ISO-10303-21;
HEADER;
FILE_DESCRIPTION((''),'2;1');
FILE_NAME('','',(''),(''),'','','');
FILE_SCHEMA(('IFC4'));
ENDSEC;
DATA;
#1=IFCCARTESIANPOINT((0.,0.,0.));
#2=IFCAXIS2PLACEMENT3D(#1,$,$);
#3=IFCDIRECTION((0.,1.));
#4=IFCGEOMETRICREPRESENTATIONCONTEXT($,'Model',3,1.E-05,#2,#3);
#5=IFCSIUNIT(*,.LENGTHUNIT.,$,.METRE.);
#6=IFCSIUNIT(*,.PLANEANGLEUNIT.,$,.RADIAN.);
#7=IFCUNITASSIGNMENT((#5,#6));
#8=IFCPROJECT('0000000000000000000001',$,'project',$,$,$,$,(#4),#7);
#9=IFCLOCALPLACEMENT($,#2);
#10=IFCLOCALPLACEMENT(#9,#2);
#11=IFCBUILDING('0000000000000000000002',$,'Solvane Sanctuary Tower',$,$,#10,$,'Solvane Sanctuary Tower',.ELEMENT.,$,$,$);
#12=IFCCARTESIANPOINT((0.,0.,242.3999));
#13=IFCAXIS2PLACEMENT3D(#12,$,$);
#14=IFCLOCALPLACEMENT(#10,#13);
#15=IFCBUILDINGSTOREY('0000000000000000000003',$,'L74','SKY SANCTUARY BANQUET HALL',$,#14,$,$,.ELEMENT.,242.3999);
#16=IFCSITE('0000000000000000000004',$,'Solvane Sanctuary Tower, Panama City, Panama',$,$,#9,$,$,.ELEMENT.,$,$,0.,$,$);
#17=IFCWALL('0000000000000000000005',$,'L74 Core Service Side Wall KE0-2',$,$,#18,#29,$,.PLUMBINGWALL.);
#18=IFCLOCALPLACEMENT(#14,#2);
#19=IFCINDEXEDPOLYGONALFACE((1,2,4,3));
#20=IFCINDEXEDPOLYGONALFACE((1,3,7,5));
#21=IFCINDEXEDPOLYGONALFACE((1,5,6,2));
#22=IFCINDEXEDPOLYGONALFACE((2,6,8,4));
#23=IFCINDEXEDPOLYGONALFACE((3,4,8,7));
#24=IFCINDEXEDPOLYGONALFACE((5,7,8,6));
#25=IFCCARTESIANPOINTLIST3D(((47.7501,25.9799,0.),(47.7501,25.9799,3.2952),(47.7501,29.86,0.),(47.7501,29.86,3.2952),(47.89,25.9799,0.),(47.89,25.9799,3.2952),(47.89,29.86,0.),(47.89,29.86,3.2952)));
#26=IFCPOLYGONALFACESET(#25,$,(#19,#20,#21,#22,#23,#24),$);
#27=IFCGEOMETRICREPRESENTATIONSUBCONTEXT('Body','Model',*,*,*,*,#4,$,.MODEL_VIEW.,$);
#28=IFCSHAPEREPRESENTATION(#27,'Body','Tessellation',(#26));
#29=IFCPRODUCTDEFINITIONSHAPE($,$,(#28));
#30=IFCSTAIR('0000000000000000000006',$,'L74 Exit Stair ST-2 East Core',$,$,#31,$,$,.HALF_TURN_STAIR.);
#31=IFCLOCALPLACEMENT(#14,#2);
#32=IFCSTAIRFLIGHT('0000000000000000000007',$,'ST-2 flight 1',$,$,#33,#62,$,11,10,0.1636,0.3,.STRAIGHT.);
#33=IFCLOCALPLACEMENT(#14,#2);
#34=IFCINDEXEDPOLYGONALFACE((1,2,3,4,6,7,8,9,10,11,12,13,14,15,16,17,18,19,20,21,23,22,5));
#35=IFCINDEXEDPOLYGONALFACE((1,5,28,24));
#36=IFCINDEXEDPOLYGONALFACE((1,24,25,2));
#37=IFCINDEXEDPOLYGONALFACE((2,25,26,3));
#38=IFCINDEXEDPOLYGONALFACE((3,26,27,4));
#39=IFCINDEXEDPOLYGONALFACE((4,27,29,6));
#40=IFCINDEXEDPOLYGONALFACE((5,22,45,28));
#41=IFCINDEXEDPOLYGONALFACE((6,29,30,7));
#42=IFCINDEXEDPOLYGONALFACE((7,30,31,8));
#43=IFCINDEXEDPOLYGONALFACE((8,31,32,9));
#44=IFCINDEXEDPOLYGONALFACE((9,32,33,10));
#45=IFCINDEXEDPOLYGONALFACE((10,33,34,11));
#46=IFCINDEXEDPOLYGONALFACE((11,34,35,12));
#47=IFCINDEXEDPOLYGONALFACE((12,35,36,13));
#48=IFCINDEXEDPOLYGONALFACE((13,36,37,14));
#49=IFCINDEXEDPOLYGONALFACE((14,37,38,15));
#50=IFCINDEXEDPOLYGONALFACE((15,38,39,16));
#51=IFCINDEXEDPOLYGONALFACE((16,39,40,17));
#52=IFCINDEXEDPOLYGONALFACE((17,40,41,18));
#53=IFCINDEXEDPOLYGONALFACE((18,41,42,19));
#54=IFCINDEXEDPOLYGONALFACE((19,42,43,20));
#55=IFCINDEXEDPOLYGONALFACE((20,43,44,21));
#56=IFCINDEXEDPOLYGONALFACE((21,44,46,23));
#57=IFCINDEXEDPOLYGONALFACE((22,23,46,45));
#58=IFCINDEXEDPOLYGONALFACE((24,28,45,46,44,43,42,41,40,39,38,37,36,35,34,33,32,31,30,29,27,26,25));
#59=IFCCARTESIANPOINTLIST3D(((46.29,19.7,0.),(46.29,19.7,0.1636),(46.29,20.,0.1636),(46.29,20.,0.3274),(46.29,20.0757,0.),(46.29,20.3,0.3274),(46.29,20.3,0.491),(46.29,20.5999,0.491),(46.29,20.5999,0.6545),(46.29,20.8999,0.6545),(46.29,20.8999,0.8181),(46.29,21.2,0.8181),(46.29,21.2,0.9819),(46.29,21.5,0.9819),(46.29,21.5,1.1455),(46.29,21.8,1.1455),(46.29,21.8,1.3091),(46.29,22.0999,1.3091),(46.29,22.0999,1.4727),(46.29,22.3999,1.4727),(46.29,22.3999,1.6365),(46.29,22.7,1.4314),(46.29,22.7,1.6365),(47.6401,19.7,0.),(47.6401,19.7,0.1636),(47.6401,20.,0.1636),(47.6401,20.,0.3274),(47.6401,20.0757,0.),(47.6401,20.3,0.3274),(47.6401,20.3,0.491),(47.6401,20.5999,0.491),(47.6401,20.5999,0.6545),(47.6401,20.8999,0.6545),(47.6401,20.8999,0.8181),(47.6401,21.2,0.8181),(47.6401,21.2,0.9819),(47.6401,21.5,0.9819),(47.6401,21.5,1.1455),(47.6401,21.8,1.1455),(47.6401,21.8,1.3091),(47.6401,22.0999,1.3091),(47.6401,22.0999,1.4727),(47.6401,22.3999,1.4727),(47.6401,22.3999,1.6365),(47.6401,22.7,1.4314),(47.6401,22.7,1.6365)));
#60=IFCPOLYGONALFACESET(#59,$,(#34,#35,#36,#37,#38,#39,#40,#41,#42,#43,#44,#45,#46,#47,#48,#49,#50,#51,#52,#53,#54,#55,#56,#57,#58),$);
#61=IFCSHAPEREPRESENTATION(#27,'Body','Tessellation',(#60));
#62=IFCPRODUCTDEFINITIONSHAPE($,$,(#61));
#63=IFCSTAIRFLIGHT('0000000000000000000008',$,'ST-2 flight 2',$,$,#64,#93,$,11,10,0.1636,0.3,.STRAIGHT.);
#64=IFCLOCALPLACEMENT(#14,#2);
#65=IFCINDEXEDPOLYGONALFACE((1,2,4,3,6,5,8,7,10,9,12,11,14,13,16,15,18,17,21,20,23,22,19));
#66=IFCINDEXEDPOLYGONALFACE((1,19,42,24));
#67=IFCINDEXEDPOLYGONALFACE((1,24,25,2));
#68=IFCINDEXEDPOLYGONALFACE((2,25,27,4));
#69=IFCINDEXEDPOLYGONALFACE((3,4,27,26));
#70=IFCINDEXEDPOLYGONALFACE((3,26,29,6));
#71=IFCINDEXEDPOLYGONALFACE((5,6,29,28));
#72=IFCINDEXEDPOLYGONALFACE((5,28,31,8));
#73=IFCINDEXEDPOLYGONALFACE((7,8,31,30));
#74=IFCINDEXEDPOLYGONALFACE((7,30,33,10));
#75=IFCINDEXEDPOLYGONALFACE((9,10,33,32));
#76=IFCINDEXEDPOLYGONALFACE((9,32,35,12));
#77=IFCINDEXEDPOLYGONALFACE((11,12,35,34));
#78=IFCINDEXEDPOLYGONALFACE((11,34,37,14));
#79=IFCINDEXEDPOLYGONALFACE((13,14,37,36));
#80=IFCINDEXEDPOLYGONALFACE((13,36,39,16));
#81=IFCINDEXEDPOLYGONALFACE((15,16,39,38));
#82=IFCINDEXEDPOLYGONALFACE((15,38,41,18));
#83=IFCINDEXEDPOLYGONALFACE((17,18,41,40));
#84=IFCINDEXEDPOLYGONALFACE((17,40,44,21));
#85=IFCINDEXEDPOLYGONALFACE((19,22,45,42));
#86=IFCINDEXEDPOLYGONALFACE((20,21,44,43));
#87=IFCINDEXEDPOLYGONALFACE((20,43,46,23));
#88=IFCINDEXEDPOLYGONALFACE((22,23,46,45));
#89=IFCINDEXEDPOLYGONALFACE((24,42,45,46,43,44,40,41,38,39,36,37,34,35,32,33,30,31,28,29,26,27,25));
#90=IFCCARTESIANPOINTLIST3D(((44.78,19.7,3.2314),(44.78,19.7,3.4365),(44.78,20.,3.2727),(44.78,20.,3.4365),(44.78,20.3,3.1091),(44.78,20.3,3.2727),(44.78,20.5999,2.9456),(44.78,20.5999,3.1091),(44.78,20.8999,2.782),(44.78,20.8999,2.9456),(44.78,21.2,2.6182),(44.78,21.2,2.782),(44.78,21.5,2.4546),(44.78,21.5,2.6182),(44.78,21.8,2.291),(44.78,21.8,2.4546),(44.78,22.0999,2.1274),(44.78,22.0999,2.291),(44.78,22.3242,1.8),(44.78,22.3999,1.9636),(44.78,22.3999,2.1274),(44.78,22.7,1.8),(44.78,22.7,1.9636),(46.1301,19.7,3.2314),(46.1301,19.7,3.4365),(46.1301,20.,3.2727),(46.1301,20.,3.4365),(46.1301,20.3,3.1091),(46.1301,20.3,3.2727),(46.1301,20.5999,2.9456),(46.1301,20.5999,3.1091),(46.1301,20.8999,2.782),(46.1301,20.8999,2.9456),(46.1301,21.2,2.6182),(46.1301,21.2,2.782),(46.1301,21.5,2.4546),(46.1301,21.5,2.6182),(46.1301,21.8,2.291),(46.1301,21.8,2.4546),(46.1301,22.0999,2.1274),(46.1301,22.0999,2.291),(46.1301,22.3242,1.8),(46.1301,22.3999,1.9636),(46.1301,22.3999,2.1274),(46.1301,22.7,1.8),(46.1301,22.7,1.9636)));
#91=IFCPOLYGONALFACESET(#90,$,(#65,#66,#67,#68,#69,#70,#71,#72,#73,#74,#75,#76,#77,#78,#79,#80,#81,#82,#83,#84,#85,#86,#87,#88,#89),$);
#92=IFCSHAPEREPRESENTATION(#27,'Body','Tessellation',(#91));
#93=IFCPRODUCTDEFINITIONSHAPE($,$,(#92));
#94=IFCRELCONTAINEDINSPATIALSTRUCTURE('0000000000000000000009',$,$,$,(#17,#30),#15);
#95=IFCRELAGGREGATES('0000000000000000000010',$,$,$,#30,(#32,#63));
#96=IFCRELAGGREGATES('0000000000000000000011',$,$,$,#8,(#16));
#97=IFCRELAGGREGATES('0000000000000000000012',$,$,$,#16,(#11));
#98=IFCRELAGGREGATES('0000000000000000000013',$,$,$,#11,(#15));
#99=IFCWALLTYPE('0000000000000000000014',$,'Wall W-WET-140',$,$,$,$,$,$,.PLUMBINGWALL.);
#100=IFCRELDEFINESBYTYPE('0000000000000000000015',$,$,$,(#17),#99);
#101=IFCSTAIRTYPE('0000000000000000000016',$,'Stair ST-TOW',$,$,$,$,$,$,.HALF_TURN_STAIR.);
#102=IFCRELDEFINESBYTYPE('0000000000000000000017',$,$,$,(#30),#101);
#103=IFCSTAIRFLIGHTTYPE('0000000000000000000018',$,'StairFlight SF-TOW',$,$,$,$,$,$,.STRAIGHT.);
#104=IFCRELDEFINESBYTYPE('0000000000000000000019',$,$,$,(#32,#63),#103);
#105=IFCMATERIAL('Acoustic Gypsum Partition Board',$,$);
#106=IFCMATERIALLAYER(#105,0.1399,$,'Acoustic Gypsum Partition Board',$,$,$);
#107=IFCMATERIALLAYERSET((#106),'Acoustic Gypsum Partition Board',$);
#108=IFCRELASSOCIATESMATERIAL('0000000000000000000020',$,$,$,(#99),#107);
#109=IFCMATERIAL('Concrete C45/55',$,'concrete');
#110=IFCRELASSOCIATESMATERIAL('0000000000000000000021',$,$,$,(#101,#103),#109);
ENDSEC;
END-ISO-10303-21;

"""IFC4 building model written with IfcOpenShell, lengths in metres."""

from ifc_helpers import new_model, si_unit, direction, frame, frame_2d, origin, place, context, subcontext, project, spatial, polyline, rectangle, outline, extrude, material, layer, layer_set, type_object, element, aggregate, save


model = new_model("IFC4")

# Units and contexts
model_context = context("Model", 3, precision=1e-05, world=origin(), true_north=direction((0.0, 1.0)))
body_context = subcontext(model_context, "Body", "Model", "MODEL_VIEW")
ifc_project = project(units=[si_unit("LENGTHUNIT", "METRE"), si_unit("PLANEANGLEUNIT", "RADIAN")], contexts=[model_context])

# Site, building, storey
site_placement = place(None, origin())
site = spatial("IfcSite", under=ifc_project, at=site_placement, Name="Solvane Sanctuary Tower, Panama City, Panama", CompositionType="ELEMENT", RefElevation=0.0)
building_placement = place(site_placement, origin())
building = spatial("IfcBuilding", under=site, at=building_placement, Name="Solvane Sanctuary Tower", LongName="Solvane Sanctuary Tower", CompositionType="ELEMENT")
storey_placement = place(building_placement, frame((0.0, 0.0, 242.3999)))
storey = spatial("IfcBuildingStorey", under=building, at=storey_placement, Name="L74", Description="SKY SANCTUARY BANQUET HALL", CompositionType="ELEMENT", Elevation=242.3999)

# Shared definitions
ifc_material_1 = material(Name="Acoustic Gypsum Partition Board")

# Wall
ifc_layer_1 = layer(ifc_material_1, 0.1399, Name="Acoustic Gypsum Partition Board")
ifc_layer_set_1 = layer_set([ifc_layer_1], Name="Acoustic Gypsum Partition Board")
wall_type_1 = type_object("IfcWallType", Name="Wall W-WET-140", PredefinedType="PLUMBINGWALL", material=ifc_layer_set_1)
for number, where, z_axis, x_axis, name in (
    (1, (47.8201, 25.98, 0.0), (0.0, 0.0, 1.0), (0.0, 1.0, 0.0), "L74 Core Service Side Wall KE0-2"),
):
    element("IfcWall", number, at=place(storey_placement, frame(where, z_axis=z_axis, x_axis=x_axis)), inside=storey, type_object=wall_type_1, Name=name, PredefinedType="PLUMBINGWALL", context=body_context, shape_type="SweptSolid", body=[
        extrude(rectangle(XDim=3.8801, YDim=0.1399, at=frame_2d((1.9399, 0.0))), origin(), (0.0, 0.0, 1.0), 3.2952),
    ])

# Stair, stair flights
ifc_material_2 = material(Name="Concrete C45/55", Category="concrete")
stair_type = type_object("IfcStairType", Name="Stair ST-TOW", PredefinedType="HALF_TURN_STAIR", material=ifc_material_2)
stair_placement = place(storey_placement, origin())
stair = element("IfcStair", 2, at=stair_placement, inside=storey, type_object=stair_type, Name="L74 Exit Stair ST-2 East Core", PredefinedType="HALF_TURN_STAIR")
stair_flight_type = type_object("IfcStairFlightType", Name="StairFlight SF-TOW", PredefinedType="STRAIGHT", material=ifc_material_2)
stair_flight_1_placement = place(storey_placement, frame((46.9651, 19.7, 0.0), z_axis=(0.0, 0.0, 1.0), x_axis=(0.0, 1.0, 0.0)))
stair_flight_1 = element("IfcStairFlight", 3, at=stair_flight_1_placement, type_object=stair_flight_type, Name="ST-2 flight 1", NumberOfRisers=11, NumberOfTreads=10, PredefinedType="STRAIGHT", RiserHeight=0.1636, TreadLength=0.3, context=body_context, shape_type="SweptSolid", body=[
    extrude(outline(polyline([(0.0, 0.0), (0.0, 0.1636), (0.3, 0.1636), (0.3, 0.3274), (0.6001, 0.3274), (0.6001, 0.491), (0.8999, 0.491), (0.8999, 0.6545), (1.2, 0.6545), (1.2, 0.8181), (1.5, 0.8181), (1.5, 0.9819), (1.8, 0.9819), (1.8, 1.1455), (2.1001, 1.1455), (2.1001, 1.3091), (2.3999, 1.3091), (2.3999, 1.4727), (2.7, 1.4727), (2.7, 1.6365), (3.0, 1.6365), (3.0, 1.8), (3.0, 1.4314), (0.3757, 0.0), (0.0, 0.0)])), frame((0.0, 0.675, 0.0), z_axis=(0.0, -1.0, 0.0), x_axis=(1.0, 0.0, 0.0)), (0.0, 0.0, 1.0), 1.3501),
])
stair_flight_2_placement = place(storey_placement, frame((45.4551, 22.7, 1.8), z_axis=(0.0, 0.0, 1.0), x_axis=(0.0, -1.0, 0.0)))
stair_flight_2 = element("IfcStairFlight", 4, at=stair_flight_2_placement, type_object=stair_flight_type, Name="ST-2 flight 2", NumberOfRisers=11, NumberOfTreads=10, PredefinedType="STRAIGHT", RiserHeight=0.1636, TreadLength=0.3, context=body_context, shape_type="SweptSolid", body=[
    extrude(outline(polyline([(0.0, 0.0), (0.0, 0.1636), (0.3, 0.1636), (0.3, 0.3274), (0.6001, 0.3274), (0.6001, 0.491), (0.8999, 0.491), (0.8999, 0.6545), (1.2, 0.6545), (1.2, 0.8181), (1.5, 0.8181), (1.5, 0.9819), (1.8, 0.9819), (1.8, 1.1455), (2.1001, 1.1455), (2.1001, 1.3091), (2.3999, 1.3091), (2.3999, 1.4727), (2.7, 1.4727), (2.7, 1.6365), (3.0, 1.6365), (3.0, 1.8), (3.0, 1.4314), (0.3757, 0.0), (0.0, 0.0)])), frame((0.0, 0.675, 0.0), z_axis=(0.0, -1.0, 0.0), x_axis=(1.0, 0.0, 0.0)), (0.0, 0.0, 1.0), 1.3501),
])
aggregate(stair, [stair_flight_1, stair_flight_2])

save(model, "model.ifc")
